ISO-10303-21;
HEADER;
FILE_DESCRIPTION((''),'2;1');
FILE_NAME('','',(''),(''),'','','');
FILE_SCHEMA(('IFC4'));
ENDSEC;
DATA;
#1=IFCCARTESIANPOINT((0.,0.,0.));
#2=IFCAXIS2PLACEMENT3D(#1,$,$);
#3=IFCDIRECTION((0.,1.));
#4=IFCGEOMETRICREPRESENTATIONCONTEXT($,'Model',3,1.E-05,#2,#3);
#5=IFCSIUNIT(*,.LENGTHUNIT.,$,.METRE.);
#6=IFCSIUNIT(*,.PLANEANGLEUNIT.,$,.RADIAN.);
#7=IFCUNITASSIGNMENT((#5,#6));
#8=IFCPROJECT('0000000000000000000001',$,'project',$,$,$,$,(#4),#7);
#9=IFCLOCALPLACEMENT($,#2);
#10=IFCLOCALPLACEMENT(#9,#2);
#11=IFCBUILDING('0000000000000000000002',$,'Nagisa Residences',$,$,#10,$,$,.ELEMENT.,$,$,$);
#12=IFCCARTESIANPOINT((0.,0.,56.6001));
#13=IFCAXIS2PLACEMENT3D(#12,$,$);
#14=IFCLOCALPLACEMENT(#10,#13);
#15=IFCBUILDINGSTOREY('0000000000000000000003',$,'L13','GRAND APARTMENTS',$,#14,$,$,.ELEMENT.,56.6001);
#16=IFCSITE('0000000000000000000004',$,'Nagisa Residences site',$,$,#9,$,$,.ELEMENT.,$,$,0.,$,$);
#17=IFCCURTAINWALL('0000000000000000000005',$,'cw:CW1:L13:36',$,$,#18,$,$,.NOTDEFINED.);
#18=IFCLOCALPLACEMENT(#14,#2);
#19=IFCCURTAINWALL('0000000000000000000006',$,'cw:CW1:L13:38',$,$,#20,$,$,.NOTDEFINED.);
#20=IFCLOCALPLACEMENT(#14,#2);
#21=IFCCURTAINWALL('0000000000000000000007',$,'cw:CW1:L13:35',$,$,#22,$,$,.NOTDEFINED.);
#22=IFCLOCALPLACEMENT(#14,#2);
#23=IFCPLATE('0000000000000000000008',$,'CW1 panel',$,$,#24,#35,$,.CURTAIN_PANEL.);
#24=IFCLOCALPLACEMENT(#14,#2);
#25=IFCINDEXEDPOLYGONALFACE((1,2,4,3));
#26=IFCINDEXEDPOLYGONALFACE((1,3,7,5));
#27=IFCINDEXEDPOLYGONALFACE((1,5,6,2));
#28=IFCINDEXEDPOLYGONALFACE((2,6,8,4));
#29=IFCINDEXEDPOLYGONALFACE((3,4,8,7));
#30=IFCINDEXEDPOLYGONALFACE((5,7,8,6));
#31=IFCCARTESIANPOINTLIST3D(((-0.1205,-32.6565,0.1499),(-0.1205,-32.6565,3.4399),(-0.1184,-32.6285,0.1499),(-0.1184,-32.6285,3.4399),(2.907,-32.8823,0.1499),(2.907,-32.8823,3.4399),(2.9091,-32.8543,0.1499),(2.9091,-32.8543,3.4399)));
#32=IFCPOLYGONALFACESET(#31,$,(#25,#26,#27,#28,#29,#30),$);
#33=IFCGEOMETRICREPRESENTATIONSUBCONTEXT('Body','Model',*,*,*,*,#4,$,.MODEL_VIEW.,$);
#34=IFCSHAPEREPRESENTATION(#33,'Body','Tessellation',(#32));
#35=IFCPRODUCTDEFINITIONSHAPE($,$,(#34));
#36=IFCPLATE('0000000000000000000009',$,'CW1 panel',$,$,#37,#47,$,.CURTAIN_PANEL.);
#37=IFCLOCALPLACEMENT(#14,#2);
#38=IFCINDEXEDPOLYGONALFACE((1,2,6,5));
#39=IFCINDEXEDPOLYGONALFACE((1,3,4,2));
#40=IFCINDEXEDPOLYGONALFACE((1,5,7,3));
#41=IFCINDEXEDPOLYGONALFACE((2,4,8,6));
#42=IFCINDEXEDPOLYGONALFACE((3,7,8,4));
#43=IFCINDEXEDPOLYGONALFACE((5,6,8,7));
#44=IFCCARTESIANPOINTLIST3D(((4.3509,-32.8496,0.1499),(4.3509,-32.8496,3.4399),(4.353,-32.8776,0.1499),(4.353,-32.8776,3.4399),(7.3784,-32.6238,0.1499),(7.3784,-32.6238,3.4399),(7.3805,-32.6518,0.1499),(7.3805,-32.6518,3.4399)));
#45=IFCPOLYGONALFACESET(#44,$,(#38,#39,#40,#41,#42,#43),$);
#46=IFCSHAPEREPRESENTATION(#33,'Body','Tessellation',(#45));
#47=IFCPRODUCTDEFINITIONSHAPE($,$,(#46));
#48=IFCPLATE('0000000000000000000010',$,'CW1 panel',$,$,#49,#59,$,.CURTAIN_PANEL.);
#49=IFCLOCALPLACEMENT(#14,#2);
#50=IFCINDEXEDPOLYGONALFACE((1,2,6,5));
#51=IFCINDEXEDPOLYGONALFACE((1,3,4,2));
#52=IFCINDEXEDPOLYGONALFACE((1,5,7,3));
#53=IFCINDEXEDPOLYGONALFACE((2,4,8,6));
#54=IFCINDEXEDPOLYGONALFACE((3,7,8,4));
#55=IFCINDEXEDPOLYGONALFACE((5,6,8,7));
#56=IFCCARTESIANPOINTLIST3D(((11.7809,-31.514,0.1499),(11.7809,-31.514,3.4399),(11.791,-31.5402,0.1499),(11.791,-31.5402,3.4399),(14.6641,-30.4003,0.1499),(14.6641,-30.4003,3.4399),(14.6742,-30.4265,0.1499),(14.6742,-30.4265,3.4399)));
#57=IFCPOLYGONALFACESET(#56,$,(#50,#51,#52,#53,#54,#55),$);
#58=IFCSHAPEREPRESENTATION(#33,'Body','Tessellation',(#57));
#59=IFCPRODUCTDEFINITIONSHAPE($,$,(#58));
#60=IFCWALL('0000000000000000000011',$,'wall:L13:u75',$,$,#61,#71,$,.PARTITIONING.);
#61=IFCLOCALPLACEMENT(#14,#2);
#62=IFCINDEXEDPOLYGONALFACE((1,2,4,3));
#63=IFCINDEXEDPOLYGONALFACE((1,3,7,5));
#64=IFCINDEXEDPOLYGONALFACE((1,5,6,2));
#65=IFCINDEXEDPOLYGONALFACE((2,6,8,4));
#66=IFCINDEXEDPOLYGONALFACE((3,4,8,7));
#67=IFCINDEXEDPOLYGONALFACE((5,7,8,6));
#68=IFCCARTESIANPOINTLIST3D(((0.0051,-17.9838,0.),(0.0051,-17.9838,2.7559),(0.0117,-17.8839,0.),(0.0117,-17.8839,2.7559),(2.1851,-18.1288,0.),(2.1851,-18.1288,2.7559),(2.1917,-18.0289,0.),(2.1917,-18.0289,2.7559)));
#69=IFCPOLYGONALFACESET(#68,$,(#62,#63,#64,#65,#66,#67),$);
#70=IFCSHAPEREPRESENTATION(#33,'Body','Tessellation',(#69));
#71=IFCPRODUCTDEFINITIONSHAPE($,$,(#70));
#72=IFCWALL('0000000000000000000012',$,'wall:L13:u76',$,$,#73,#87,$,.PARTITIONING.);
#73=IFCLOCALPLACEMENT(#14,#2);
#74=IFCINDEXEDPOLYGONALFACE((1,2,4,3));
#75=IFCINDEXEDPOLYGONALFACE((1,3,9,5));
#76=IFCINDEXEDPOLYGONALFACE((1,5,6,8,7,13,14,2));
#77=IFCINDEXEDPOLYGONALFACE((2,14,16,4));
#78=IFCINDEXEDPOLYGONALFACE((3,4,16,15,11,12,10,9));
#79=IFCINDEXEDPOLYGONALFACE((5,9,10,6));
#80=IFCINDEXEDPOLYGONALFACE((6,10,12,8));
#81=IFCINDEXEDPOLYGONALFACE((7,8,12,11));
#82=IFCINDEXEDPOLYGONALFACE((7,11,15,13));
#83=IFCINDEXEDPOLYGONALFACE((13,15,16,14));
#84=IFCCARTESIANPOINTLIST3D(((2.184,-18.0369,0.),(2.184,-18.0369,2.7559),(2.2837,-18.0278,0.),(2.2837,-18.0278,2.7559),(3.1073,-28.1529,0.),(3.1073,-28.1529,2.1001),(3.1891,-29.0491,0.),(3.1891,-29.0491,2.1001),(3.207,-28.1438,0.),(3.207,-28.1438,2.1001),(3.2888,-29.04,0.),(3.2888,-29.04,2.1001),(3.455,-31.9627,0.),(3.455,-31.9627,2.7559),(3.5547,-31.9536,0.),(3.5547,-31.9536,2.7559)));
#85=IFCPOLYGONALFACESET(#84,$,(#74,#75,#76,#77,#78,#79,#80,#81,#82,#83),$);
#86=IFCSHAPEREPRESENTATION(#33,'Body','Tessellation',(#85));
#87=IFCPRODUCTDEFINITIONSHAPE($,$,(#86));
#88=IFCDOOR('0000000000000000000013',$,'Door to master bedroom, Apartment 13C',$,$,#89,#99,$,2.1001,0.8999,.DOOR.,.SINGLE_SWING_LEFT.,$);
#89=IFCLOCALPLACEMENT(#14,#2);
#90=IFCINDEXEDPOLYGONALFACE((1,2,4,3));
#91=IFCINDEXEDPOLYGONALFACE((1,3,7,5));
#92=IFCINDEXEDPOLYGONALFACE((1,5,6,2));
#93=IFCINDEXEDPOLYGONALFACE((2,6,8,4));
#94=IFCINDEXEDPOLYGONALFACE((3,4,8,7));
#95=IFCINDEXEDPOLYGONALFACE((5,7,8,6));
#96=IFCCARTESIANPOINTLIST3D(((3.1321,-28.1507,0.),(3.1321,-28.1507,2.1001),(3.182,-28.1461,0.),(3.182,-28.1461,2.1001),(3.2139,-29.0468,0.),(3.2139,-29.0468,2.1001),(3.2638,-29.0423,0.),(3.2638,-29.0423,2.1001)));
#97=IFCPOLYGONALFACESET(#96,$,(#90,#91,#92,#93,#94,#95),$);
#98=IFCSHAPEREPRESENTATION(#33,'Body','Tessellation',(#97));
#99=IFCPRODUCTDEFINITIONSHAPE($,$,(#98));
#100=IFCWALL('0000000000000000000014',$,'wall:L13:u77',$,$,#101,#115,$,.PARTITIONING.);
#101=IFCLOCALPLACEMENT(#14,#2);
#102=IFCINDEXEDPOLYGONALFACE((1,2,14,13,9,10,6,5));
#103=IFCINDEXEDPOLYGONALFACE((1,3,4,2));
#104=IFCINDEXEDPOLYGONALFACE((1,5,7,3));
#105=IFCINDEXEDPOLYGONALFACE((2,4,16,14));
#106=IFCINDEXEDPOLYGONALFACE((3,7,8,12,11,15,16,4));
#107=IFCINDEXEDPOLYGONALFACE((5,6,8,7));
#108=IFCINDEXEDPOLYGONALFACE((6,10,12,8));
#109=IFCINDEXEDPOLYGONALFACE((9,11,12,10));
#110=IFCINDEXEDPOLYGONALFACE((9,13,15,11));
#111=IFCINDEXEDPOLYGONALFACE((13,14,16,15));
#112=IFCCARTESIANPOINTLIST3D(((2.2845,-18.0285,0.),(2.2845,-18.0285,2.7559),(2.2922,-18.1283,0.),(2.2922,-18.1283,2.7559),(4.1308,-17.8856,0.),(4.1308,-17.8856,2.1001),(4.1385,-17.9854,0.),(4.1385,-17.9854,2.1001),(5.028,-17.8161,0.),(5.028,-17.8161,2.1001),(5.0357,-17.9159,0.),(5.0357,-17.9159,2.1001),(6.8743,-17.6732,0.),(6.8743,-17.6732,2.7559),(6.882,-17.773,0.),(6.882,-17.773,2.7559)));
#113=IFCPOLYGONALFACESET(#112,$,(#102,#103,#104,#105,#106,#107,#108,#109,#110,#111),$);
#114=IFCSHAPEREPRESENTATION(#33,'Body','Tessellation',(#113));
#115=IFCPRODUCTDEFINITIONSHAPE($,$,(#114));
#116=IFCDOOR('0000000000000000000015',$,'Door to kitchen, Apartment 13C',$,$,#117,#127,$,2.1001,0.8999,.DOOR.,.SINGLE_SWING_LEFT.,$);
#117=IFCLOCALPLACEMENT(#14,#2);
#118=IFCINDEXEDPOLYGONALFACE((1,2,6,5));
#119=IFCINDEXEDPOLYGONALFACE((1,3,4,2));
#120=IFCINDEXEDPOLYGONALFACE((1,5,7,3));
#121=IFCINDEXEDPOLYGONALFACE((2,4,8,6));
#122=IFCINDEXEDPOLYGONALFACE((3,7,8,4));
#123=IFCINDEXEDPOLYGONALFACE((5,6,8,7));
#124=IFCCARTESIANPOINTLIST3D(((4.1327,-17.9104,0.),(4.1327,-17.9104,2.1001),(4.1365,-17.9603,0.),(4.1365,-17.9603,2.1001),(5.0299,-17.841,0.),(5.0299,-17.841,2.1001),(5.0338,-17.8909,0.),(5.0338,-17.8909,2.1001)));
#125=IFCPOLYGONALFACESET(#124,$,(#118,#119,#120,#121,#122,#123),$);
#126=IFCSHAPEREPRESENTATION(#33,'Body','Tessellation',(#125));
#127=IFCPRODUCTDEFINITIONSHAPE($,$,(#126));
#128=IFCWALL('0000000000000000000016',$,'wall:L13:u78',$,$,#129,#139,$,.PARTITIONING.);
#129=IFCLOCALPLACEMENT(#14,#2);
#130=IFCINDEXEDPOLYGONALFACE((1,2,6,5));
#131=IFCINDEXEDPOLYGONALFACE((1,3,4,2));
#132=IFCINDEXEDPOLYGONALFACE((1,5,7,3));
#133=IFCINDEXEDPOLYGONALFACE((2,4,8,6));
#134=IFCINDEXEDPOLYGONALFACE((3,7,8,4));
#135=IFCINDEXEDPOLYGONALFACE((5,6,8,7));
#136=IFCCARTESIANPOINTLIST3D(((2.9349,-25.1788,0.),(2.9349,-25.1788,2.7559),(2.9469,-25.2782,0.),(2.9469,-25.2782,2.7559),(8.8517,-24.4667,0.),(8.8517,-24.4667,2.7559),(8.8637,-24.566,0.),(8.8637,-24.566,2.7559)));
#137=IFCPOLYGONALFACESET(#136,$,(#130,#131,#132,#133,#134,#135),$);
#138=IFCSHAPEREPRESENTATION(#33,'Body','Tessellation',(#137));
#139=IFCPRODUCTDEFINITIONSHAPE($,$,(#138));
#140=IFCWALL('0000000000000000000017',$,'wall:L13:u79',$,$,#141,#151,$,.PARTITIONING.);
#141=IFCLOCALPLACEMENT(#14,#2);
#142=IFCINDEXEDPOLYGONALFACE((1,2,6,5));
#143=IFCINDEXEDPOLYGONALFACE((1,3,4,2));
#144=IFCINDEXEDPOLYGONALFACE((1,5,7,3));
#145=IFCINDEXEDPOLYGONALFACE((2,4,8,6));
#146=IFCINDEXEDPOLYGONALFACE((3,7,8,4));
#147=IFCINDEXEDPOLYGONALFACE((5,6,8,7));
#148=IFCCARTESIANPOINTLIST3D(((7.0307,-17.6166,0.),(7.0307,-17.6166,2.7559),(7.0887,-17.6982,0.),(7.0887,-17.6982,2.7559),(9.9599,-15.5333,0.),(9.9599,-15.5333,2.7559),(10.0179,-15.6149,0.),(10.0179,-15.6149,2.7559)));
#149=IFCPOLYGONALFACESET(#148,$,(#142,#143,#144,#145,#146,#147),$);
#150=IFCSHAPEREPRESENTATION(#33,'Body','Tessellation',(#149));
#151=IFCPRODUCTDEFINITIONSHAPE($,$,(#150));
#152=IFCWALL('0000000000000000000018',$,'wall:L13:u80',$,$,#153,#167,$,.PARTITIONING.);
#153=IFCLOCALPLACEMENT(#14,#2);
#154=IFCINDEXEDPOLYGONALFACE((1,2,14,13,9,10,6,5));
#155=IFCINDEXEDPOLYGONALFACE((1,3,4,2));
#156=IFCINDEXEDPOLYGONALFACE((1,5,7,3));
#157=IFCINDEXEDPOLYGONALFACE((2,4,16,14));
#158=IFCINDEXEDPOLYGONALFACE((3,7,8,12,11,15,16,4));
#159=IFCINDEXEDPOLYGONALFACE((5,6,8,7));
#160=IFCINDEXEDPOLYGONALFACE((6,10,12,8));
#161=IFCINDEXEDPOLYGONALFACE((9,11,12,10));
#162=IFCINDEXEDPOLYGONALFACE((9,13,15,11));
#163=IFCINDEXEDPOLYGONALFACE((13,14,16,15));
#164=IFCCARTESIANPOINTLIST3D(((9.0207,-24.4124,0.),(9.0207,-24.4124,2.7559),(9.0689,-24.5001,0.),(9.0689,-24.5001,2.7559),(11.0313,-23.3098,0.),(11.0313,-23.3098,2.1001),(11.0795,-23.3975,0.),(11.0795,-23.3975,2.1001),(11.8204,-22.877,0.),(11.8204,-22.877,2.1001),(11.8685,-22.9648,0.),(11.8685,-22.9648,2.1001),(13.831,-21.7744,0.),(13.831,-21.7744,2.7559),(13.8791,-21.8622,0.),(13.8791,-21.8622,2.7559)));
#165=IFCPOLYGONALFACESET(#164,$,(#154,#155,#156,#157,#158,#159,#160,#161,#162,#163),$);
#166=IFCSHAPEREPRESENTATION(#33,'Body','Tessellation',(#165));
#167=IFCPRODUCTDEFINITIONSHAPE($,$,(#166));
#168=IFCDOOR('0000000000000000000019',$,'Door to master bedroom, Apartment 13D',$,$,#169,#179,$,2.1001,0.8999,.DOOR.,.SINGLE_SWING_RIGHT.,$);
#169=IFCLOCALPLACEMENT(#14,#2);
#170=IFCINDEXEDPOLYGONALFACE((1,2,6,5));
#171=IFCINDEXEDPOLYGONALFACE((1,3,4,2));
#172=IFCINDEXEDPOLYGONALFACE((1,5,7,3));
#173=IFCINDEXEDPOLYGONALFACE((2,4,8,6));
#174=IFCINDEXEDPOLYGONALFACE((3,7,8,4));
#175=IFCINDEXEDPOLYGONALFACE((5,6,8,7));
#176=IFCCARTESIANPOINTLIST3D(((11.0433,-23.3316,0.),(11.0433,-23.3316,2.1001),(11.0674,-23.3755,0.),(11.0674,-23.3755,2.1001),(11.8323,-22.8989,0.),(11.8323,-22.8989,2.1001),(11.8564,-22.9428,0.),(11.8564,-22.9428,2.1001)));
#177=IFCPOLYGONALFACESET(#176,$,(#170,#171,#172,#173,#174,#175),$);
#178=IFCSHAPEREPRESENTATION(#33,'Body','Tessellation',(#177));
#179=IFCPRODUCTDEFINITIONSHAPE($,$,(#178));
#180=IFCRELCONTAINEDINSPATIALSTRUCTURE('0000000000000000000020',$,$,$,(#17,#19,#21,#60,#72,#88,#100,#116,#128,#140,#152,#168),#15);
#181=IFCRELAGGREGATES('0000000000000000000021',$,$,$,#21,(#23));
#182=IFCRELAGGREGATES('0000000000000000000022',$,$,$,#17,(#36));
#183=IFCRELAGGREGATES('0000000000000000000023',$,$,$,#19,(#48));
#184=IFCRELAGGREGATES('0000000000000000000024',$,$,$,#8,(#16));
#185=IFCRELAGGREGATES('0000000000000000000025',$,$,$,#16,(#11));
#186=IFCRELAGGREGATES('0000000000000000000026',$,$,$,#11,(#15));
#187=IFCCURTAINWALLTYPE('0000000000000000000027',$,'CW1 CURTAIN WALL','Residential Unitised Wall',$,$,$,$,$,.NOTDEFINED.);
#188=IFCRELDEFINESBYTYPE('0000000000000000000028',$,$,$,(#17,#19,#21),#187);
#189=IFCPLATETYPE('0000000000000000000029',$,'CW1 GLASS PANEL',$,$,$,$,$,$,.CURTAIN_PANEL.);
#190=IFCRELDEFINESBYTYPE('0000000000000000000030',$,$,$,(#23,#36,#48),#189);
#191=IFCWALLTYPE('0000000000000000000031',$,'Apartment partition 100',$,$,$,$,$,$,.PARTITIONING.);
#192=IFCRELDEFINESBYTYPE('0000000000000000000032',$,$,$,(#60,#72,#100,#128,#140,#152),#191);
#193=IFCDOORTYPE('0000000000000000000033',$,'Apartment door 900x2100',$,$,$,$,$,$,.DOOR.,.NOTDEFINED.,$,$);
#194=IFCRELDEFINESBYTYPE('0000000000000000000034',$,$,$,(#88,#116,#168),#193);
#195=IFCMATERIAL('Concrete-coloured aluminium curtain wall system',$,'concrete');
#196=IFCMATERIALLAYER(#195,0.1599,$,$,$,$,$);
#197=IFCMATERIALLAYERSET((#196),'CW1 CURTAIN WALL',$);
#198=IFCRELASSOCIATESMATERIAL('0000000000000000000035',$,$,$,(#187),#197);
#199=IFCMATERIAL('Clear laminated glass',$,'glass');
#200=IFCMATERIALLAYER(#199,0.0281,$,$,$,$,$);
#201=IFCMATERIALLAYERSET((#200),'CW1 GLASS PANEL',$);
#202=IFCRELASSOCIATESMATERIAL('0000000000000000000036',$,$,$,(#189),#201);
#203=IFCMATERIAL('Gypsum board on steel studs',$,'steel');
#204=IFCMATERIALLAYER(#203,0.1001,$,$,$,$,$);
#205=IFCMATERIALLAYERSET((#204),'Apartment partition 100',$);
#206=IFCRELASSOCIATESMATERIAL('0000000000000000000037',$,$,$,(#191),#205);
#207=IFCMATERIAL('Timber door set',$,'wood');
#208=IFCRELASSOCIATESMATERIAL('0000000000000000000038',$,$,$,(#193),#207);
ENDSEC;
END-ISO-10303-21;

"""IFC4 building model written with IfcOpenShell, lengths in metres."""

from ifc_helpers import new_model, si_unit, direction, frame, frame_2d, origin, origin_2d, place, context, subcontext, project, spatial, rectangle, extrude, material, layer, layer_set, type_object, element, fill, aggregate, save


model = new_model("IFC4")

# Units and contexts
model_context = context("Model", 3, precision=1e-05, world=origin(), true_north=direction((0.0, 1.0)))
body_context = subcontext(model_context, "Body", "Model", "MODEL_VIEW")
ifc_project = project(units=[si_unit("LENGTHUNIT", "METRE"), si_unit("PLANEANGLEUNIT", "RADIAN")], contexts=[model_context])

# Site, building, storey
site_placement = place(None, origin())
site = spatial("IfcSite", under=ifc_project, at=site_placement, Name="Nagisa Residences site", CompositionType="ELEMENT", RefElevation=0.0)
building_placement = place(site_placement, origin())
building = spatial("IfcBuilding", under=site, at=building_placement, Name="Nagisa Residences", CompositionType="ELEMENT")
storey_placement = place(building_placement, frame((0.0, 0.0, 56.6001)))
storey = spatial("IfcBuildingStorey", under=building, at=storey_placement, Name="L13", Description="GRAND APARTMENTS", CompositionType="ELEMENT", Elevation=56.6001)

# Curtain walls
ifc_material_1 = material(Name="Concrete-coloured aluminium curtain wall system", Category="concrete")
ifc_layer_1 = layer(ifc_material_1, 0.1599)
ifc_layer_set_1 = layer_set([ifc_layer_1], Name="CW1 CURTAIN WALL")
curtain_wall_type = type_object("IfcCurtainWallType", Name="CW1 CURTAIN WALL", Description="Residential Unitised Wall", PredefinedType="NOTDEFINED", material=ifc_layer_set_1)
curtain_wall_1_placement = place(storey_placement, origin())
curtain_wall_1 = element("IfcCurtainWall", 1, at=curtain_wall_1_placement, inside=storey, type_object=curtain_wall_type, Name="cw:CW1:L13:36", PredefinedType="NOTDEFINED")
curtain_wall_2_placement = place(storey_placement, origin())
curtain_wall_2 = element("IfcCurtainWall", 2, at=curtain_wall_2_placement, inside=storey, type_object=curtain_wall_type, Name="cw:CW1:L13:38", PredefinedType="NOTDEFINED")

# Curtain wall, plate
curtain_wall_3_placement = place(storey_placement, origin())
curtain_wall_3 = element("IfcCurtainWall", 3, at=curtain_wall_3_placement, inside=storey, type_object=curtain_wall_type, Name="cw:CW1:L13:35", PredefinedType="NOTDEFINED")
ifc_material_2 = material(Name="Clear laminated glass", Category="glass")
ifc_layer_2 = layer(ifc_material_2, 0.0281)
ifc_layer_set_2 = layer_set([ifc_layer_2], Name="CW1 GLASS PANEL")
plate_type = type_object("IfcPlateType", Name="CW1 GLASS PANEL", PredefinedType="CURTAIN_PANEL", material=ifc_layer_set_2)
plate_1_placement = place(storey_placement, frame((1.3943, -32.7554, 0.1499), z_axis=(0.0, 0.0, 1.0), x_axis=(0.99723, -0.074377, 0.0)))
plate_1 = element("IfcPlate", 4, at=plate_1_placement, type_object=plate_type, Name="CW1 panel", PredefinedType="CURTAIN_PANEL", context=body_context, shape_type="SweptSolid", body=[
    extrude(rectangle(XDim=3.0359, YDim=0.0281, at=origin_2d()), origin(), (0.0, 0.0, 1.0), 3.29),
])
aggregate(curtain_wall_3, [plate_1])

# Plates
plate_2_placement = place(storey_placement, frame((5.8657, -32.7507, 0.1499), z_axis=(0.0, 0.0, 1.0), x_axis=(0.99723, 0.074377, 0.0)))
plate_2 = element("IfcPlate", 5, at=plate_2_placement, type_object=plate_type, Name="CW1 panel", PredefinedType="CURTAIN_PANEL", context=body_context, shape_type="SweptSolid", body=[
    extrude(rectangle(XDim=3.0359, YDim=0.0281, at=origin_2d()), origin(), (0.0, 0.0, 1.0), 3.29),
])
aggregate(curtain_wall_1, [plate_2])
plate_3_placement = place(storey_placement, frame((13.2275, -30.9702, 0.1499), z_axis=(0.0, 0.0, 1.0), x_axis=(0.932826, 0.360328, 0.0)))
plate_3 = element("IfcPlate", 6, at=plate_3_placement, type_object=plate_type, Name="CW1 panel", PredefinedType="CURTAIN_PANEL", context=body_context, shape_type="SweptSolid", body=[
    extrude(rectangle(XDim=3.0908, YDim=0.0281, at=origin_2d()), origin(), (0.0, 0.0, 1.0), 3.29),
])
aggregate(curtain_wall_2, [plate_3])

# Wall
ifc_material_3 = material(Name="Gypsum board on steel studs", Category="steel")
ifc_layer_3 = layer(ifc_material_3, 0.1001)
ifc_layer_set_3 = layer_set([ifc_layer_3], Name="Apartment partition 100")
wall_type_1 = type_object("IfcWallType", Name="Apartment partition 100", PredefinedType="PARTITIONING", material=ifc_layer_set_3)
wall_1_placement = place(storey_placement, frame((0.0085, -17.9338, 0.0), z_axis=(0.0, 0.0, 1.0), x_axis=(0.997795, -0.066378, 0.0)))
element("IfcWall", 7, at=wall_1_placement, inside=storey, type_object=wall_type_1, Name="wall:L13:u75", PredefinedType="PARTITIONING", context=body_context, shape_type="SweptSolid", body=[
    extrude(rectangle(XDim=2.1848, YDim=0.1001, at=frame_2d((1.0923, 0.0))), origin(), (0.0, 0.0, 1.0), 2.7559),
])

# Walls, openings, doors
wall_2_placement = place(storey_placement, frame((2.2339, -18.0325, 0.0), z_axis=(0.0, 0.0, 1.0), x_axis=(0.090892, -0.995861, 0.0)))
wall_2 = element("IfcWall", 8, at=wall_2_placement, inside=storey, type_object=wall_type_1, Name="wall:L13:u76", PredefinedType="PARTITIONING", context=body_context, shape_type="SweptSolid", body=[
    extrude(rectangle(XDim=13.9836, YDim=0.1001, at=frame_2d((6.9917, 0.0))), origin(), (0.0, 0.0, 1.0), 2.7559),
])
opening_1_placement = place(wall_2_placement, frame((10.158, 0.0, 0.0)))
opening_1 = element("IfcOpeningElement", 9, at=opening_1_placement, cuts=wall_2, PredefinedType="OPENING", context=body_context, shape_type="SweptSolid", body=[
    extrude(rectangle(XDim=0.8999, YDim=2.1001, at=frame_2d((0.45, 1.05))), frame((0.0, 0.0601, 0.0), z_axis=(0.0, -1.0, 0.0), x_axis=(1.0, 0.0, 0.0)), (0.0, 0.0, 1.0), 0.1201),
])
ifc_material_4 = material(Name="Timber door set", Category="wood")
door_type_1 = type_object("IfcDoorType", Name="Apartment door 900x2100", OperationType="NOTDEFINED", PredefinedType="DOOR", material=ifc_material_4)
door_1_placement = place(opening_1_placement, origin())
door_1 = element("IfcDoor", 10, at=door_1_placement, inside=storey, type_object=door_type_1, Name="Door to master bedroom, Apartment 13C", OperationType="SINGLE_SWING_LEFT", OverallHeight=2.1001, OverallWidth=0.8999, PredefinedType="DOOR", context=body_context, shape_type="SweptSolid", body=[
    extrude(rectangle(XDim=0.8999, YDim=2.1001, at=frame_2d((0.45, 1.05))), frame((0.0, 0.0249, 0.0), z_axis=(0.0, -1.0, 0.0), x_axis=(1.0, 0.0, 0.0)), (0.0, 0.0, 1.0), 0.05),
])
fill(opening_1, door_1)
wall_3_placement = place(storey_placement, frame((2.2883, -18.0784, 0.0), z_axis=(0.0, 0.0, 1.0), x_axis=(0.997019, 0.077163, 0.0)))
wall_3 = element("IfcWall", 11, at=wall_3_placement, inside=storey, type_object=wall_type_1, Name="wall:L13:u77", PredefinedType="PARTITIONING", context=body_context, shape_type="SweptSolid", body=[
    extrude(rectangle(XDim=4.6035, YDim=0.1001, at=frame_2d((2.3018, 0.0))), origin(), (0.0, 0.0, 1.0), 2.7559),
])
opening_2_placement = place(wall_3_placement, frame((1.8518, 0.0, 0.0)))
opening_2 = element("IfcOpeningElement", 12, at=opening_2_placement, cuts=wall_3, PredefinedType="OPENING", context=body_context, shape_type="SweptSolid", body=[
    extrude(rectangle(XDim=0.8999, YDim=2.1001, at=frame_2d((0.45, 1.05))), frame((0.0, 0.0601, 0.0), z_axis=(0.0, -1.0, 0.0), x_axis=(1.0, 0.0, 0.0)), (0.0, 0.0, 1.0), 0.1201),
])
door_2_placement = place(opening_2_placement, frame((0.8999, 0.0, 0.0), x_axis=(-1.0, 0.0, 0.0)))
door_2 = element("IfcDoor", 13, at=door_2_placement, inside=storey, type_object=door_type_1, Name="Door to kitchen, Apartment 13C", OperationType="SINGLE_SWING_LEFT", OverallHeight=2.1001, OverallWidth=0.8999, PredefinedType="DOOR", context=body_context, shape_type="SweptSolid", body=[
    extrude(rectangle(XDim=0.8999, YDim=2.1001, at=frame_2d((0.45, 1.05))), frame((0.0, 0.0249, 0.0), z_axis=(0.0, -1.0, 0.0), x_axis=(1.0, 0.0, 0.0)), (0.0, 0.0, 1.0), 0.05),
])
fill(opening_2, door_2)

# Walls
wall_4_placement = place(storey_placement, frame((2.9409, -25.2285, 0.0), z_axis=(0.0, 0.0, 1.0), x_axis=(0.992834, 0.119501, 0.0)))
element("IfcWall", 14, at=wall_4_placement, inside=storey, type_object=wall_type_1, Name="wall:L13:u78", PredefinedType="PARTITIONING", context=body_context, shape_type="SweptSolid", body=[
    extrude(rectangle(XDim=5.9595, YDim=0.1001, at=frame_2d((2.9797, 0.0))), origin(), (0.0, 0.0, 1.0), 2.7559),
])
wall_5_placement = place(storey_placement, frame((7.0596, -17.6575, 0.0), z_axis=(0.0, 0.0, 1.0), x_axis=(0.81492, 0.579573, 0.0)))
element("IfcWall", 15, at=wall_5_placement, inside=storey, type_object=wall_type_1, Name="wall:L13:u79", PredefinedType="PARTITIONING", context=body_context, shape_type="SweptSolid", body=[
    extrude(rectangle(XDim=3.5945, YDim=0.1001, at=frame_2d((1.7974, 0.0))), origin(), (0.0, 0.0, 1.0), 2.7559),
])

# Wall, opening, door
wall_6_placement = place(storey_placement, frame((9.0447, -24.4563, 0.0), z_axis=(0.0, 0.0, 1.0), x_axis=(0.87681, 0.480837, 0.0)))
wall_6 = element("IfcWall", 16, at=wall_6_placement, inside=storey, type_object=wall_type_1, Name="wall:L13:u80", PredefinedType="PARTITIONING", context=body_context, shape_type="SweptSolid", body=[
    extrude(rectangle(XDim=5.4861, YDim=0.1001, at=frame_2d((2.7432, 0.0))), origin(), (0.0, 0.0, 1.0), 2.7559),
])
opening_3_placement = place(wall_6_placement, frame((2.2932, 0.0, 0.0)))
opening_3 = element("IfcOpeningElement", 17, at=opening_3_placement, cuts=wall_6, PredefinedType="OPENING", context=body_context, shape_type="SweptSolid", body=[
    extrude(rectangle(XDim=0.8999, YDim=2.1001, at=frame_2d((0.45, 1.05))), frame((0.0, 0.0601, 0.0), z_axis=(0.0, -1.0, 0.0), x_axis=(1.0, 0.0, 0.0)), (0.0, 0.0, 1.0), 0.1201),
])
door_3_placement = place(opening_3_placement, frame((0.8999, 0.0, 0.0), x_axis=(-1.0, 0.0, 0.0)))
door_3 = element("IfcDoor", 18, at=door_3_placement, inside=storey, type_object=door_type_1, Name="Door to master bedroom, Apartment 13D", OperationType="SINGLE_SWING_RIGHT", OverallHeight=2.1001, OverallWidth=0.8999, PredefinedType="DOOR", context=body_context, shape_type="SweptSolid", body=[
    extrude(rectangle(XDim=0.8999, YDim=2.1001, at=frame_2d((0.45, 1.05))), frame((0.0, 0.0249, 0.0), z_axis=(0.0, -1.0, 0.0), x_axis=(1.0, 0.0, 0.0)), (0.0, 0.0, 1.0), 0.05),
])
fill(opening_3, door_3)

save(model, "model.ifc")
